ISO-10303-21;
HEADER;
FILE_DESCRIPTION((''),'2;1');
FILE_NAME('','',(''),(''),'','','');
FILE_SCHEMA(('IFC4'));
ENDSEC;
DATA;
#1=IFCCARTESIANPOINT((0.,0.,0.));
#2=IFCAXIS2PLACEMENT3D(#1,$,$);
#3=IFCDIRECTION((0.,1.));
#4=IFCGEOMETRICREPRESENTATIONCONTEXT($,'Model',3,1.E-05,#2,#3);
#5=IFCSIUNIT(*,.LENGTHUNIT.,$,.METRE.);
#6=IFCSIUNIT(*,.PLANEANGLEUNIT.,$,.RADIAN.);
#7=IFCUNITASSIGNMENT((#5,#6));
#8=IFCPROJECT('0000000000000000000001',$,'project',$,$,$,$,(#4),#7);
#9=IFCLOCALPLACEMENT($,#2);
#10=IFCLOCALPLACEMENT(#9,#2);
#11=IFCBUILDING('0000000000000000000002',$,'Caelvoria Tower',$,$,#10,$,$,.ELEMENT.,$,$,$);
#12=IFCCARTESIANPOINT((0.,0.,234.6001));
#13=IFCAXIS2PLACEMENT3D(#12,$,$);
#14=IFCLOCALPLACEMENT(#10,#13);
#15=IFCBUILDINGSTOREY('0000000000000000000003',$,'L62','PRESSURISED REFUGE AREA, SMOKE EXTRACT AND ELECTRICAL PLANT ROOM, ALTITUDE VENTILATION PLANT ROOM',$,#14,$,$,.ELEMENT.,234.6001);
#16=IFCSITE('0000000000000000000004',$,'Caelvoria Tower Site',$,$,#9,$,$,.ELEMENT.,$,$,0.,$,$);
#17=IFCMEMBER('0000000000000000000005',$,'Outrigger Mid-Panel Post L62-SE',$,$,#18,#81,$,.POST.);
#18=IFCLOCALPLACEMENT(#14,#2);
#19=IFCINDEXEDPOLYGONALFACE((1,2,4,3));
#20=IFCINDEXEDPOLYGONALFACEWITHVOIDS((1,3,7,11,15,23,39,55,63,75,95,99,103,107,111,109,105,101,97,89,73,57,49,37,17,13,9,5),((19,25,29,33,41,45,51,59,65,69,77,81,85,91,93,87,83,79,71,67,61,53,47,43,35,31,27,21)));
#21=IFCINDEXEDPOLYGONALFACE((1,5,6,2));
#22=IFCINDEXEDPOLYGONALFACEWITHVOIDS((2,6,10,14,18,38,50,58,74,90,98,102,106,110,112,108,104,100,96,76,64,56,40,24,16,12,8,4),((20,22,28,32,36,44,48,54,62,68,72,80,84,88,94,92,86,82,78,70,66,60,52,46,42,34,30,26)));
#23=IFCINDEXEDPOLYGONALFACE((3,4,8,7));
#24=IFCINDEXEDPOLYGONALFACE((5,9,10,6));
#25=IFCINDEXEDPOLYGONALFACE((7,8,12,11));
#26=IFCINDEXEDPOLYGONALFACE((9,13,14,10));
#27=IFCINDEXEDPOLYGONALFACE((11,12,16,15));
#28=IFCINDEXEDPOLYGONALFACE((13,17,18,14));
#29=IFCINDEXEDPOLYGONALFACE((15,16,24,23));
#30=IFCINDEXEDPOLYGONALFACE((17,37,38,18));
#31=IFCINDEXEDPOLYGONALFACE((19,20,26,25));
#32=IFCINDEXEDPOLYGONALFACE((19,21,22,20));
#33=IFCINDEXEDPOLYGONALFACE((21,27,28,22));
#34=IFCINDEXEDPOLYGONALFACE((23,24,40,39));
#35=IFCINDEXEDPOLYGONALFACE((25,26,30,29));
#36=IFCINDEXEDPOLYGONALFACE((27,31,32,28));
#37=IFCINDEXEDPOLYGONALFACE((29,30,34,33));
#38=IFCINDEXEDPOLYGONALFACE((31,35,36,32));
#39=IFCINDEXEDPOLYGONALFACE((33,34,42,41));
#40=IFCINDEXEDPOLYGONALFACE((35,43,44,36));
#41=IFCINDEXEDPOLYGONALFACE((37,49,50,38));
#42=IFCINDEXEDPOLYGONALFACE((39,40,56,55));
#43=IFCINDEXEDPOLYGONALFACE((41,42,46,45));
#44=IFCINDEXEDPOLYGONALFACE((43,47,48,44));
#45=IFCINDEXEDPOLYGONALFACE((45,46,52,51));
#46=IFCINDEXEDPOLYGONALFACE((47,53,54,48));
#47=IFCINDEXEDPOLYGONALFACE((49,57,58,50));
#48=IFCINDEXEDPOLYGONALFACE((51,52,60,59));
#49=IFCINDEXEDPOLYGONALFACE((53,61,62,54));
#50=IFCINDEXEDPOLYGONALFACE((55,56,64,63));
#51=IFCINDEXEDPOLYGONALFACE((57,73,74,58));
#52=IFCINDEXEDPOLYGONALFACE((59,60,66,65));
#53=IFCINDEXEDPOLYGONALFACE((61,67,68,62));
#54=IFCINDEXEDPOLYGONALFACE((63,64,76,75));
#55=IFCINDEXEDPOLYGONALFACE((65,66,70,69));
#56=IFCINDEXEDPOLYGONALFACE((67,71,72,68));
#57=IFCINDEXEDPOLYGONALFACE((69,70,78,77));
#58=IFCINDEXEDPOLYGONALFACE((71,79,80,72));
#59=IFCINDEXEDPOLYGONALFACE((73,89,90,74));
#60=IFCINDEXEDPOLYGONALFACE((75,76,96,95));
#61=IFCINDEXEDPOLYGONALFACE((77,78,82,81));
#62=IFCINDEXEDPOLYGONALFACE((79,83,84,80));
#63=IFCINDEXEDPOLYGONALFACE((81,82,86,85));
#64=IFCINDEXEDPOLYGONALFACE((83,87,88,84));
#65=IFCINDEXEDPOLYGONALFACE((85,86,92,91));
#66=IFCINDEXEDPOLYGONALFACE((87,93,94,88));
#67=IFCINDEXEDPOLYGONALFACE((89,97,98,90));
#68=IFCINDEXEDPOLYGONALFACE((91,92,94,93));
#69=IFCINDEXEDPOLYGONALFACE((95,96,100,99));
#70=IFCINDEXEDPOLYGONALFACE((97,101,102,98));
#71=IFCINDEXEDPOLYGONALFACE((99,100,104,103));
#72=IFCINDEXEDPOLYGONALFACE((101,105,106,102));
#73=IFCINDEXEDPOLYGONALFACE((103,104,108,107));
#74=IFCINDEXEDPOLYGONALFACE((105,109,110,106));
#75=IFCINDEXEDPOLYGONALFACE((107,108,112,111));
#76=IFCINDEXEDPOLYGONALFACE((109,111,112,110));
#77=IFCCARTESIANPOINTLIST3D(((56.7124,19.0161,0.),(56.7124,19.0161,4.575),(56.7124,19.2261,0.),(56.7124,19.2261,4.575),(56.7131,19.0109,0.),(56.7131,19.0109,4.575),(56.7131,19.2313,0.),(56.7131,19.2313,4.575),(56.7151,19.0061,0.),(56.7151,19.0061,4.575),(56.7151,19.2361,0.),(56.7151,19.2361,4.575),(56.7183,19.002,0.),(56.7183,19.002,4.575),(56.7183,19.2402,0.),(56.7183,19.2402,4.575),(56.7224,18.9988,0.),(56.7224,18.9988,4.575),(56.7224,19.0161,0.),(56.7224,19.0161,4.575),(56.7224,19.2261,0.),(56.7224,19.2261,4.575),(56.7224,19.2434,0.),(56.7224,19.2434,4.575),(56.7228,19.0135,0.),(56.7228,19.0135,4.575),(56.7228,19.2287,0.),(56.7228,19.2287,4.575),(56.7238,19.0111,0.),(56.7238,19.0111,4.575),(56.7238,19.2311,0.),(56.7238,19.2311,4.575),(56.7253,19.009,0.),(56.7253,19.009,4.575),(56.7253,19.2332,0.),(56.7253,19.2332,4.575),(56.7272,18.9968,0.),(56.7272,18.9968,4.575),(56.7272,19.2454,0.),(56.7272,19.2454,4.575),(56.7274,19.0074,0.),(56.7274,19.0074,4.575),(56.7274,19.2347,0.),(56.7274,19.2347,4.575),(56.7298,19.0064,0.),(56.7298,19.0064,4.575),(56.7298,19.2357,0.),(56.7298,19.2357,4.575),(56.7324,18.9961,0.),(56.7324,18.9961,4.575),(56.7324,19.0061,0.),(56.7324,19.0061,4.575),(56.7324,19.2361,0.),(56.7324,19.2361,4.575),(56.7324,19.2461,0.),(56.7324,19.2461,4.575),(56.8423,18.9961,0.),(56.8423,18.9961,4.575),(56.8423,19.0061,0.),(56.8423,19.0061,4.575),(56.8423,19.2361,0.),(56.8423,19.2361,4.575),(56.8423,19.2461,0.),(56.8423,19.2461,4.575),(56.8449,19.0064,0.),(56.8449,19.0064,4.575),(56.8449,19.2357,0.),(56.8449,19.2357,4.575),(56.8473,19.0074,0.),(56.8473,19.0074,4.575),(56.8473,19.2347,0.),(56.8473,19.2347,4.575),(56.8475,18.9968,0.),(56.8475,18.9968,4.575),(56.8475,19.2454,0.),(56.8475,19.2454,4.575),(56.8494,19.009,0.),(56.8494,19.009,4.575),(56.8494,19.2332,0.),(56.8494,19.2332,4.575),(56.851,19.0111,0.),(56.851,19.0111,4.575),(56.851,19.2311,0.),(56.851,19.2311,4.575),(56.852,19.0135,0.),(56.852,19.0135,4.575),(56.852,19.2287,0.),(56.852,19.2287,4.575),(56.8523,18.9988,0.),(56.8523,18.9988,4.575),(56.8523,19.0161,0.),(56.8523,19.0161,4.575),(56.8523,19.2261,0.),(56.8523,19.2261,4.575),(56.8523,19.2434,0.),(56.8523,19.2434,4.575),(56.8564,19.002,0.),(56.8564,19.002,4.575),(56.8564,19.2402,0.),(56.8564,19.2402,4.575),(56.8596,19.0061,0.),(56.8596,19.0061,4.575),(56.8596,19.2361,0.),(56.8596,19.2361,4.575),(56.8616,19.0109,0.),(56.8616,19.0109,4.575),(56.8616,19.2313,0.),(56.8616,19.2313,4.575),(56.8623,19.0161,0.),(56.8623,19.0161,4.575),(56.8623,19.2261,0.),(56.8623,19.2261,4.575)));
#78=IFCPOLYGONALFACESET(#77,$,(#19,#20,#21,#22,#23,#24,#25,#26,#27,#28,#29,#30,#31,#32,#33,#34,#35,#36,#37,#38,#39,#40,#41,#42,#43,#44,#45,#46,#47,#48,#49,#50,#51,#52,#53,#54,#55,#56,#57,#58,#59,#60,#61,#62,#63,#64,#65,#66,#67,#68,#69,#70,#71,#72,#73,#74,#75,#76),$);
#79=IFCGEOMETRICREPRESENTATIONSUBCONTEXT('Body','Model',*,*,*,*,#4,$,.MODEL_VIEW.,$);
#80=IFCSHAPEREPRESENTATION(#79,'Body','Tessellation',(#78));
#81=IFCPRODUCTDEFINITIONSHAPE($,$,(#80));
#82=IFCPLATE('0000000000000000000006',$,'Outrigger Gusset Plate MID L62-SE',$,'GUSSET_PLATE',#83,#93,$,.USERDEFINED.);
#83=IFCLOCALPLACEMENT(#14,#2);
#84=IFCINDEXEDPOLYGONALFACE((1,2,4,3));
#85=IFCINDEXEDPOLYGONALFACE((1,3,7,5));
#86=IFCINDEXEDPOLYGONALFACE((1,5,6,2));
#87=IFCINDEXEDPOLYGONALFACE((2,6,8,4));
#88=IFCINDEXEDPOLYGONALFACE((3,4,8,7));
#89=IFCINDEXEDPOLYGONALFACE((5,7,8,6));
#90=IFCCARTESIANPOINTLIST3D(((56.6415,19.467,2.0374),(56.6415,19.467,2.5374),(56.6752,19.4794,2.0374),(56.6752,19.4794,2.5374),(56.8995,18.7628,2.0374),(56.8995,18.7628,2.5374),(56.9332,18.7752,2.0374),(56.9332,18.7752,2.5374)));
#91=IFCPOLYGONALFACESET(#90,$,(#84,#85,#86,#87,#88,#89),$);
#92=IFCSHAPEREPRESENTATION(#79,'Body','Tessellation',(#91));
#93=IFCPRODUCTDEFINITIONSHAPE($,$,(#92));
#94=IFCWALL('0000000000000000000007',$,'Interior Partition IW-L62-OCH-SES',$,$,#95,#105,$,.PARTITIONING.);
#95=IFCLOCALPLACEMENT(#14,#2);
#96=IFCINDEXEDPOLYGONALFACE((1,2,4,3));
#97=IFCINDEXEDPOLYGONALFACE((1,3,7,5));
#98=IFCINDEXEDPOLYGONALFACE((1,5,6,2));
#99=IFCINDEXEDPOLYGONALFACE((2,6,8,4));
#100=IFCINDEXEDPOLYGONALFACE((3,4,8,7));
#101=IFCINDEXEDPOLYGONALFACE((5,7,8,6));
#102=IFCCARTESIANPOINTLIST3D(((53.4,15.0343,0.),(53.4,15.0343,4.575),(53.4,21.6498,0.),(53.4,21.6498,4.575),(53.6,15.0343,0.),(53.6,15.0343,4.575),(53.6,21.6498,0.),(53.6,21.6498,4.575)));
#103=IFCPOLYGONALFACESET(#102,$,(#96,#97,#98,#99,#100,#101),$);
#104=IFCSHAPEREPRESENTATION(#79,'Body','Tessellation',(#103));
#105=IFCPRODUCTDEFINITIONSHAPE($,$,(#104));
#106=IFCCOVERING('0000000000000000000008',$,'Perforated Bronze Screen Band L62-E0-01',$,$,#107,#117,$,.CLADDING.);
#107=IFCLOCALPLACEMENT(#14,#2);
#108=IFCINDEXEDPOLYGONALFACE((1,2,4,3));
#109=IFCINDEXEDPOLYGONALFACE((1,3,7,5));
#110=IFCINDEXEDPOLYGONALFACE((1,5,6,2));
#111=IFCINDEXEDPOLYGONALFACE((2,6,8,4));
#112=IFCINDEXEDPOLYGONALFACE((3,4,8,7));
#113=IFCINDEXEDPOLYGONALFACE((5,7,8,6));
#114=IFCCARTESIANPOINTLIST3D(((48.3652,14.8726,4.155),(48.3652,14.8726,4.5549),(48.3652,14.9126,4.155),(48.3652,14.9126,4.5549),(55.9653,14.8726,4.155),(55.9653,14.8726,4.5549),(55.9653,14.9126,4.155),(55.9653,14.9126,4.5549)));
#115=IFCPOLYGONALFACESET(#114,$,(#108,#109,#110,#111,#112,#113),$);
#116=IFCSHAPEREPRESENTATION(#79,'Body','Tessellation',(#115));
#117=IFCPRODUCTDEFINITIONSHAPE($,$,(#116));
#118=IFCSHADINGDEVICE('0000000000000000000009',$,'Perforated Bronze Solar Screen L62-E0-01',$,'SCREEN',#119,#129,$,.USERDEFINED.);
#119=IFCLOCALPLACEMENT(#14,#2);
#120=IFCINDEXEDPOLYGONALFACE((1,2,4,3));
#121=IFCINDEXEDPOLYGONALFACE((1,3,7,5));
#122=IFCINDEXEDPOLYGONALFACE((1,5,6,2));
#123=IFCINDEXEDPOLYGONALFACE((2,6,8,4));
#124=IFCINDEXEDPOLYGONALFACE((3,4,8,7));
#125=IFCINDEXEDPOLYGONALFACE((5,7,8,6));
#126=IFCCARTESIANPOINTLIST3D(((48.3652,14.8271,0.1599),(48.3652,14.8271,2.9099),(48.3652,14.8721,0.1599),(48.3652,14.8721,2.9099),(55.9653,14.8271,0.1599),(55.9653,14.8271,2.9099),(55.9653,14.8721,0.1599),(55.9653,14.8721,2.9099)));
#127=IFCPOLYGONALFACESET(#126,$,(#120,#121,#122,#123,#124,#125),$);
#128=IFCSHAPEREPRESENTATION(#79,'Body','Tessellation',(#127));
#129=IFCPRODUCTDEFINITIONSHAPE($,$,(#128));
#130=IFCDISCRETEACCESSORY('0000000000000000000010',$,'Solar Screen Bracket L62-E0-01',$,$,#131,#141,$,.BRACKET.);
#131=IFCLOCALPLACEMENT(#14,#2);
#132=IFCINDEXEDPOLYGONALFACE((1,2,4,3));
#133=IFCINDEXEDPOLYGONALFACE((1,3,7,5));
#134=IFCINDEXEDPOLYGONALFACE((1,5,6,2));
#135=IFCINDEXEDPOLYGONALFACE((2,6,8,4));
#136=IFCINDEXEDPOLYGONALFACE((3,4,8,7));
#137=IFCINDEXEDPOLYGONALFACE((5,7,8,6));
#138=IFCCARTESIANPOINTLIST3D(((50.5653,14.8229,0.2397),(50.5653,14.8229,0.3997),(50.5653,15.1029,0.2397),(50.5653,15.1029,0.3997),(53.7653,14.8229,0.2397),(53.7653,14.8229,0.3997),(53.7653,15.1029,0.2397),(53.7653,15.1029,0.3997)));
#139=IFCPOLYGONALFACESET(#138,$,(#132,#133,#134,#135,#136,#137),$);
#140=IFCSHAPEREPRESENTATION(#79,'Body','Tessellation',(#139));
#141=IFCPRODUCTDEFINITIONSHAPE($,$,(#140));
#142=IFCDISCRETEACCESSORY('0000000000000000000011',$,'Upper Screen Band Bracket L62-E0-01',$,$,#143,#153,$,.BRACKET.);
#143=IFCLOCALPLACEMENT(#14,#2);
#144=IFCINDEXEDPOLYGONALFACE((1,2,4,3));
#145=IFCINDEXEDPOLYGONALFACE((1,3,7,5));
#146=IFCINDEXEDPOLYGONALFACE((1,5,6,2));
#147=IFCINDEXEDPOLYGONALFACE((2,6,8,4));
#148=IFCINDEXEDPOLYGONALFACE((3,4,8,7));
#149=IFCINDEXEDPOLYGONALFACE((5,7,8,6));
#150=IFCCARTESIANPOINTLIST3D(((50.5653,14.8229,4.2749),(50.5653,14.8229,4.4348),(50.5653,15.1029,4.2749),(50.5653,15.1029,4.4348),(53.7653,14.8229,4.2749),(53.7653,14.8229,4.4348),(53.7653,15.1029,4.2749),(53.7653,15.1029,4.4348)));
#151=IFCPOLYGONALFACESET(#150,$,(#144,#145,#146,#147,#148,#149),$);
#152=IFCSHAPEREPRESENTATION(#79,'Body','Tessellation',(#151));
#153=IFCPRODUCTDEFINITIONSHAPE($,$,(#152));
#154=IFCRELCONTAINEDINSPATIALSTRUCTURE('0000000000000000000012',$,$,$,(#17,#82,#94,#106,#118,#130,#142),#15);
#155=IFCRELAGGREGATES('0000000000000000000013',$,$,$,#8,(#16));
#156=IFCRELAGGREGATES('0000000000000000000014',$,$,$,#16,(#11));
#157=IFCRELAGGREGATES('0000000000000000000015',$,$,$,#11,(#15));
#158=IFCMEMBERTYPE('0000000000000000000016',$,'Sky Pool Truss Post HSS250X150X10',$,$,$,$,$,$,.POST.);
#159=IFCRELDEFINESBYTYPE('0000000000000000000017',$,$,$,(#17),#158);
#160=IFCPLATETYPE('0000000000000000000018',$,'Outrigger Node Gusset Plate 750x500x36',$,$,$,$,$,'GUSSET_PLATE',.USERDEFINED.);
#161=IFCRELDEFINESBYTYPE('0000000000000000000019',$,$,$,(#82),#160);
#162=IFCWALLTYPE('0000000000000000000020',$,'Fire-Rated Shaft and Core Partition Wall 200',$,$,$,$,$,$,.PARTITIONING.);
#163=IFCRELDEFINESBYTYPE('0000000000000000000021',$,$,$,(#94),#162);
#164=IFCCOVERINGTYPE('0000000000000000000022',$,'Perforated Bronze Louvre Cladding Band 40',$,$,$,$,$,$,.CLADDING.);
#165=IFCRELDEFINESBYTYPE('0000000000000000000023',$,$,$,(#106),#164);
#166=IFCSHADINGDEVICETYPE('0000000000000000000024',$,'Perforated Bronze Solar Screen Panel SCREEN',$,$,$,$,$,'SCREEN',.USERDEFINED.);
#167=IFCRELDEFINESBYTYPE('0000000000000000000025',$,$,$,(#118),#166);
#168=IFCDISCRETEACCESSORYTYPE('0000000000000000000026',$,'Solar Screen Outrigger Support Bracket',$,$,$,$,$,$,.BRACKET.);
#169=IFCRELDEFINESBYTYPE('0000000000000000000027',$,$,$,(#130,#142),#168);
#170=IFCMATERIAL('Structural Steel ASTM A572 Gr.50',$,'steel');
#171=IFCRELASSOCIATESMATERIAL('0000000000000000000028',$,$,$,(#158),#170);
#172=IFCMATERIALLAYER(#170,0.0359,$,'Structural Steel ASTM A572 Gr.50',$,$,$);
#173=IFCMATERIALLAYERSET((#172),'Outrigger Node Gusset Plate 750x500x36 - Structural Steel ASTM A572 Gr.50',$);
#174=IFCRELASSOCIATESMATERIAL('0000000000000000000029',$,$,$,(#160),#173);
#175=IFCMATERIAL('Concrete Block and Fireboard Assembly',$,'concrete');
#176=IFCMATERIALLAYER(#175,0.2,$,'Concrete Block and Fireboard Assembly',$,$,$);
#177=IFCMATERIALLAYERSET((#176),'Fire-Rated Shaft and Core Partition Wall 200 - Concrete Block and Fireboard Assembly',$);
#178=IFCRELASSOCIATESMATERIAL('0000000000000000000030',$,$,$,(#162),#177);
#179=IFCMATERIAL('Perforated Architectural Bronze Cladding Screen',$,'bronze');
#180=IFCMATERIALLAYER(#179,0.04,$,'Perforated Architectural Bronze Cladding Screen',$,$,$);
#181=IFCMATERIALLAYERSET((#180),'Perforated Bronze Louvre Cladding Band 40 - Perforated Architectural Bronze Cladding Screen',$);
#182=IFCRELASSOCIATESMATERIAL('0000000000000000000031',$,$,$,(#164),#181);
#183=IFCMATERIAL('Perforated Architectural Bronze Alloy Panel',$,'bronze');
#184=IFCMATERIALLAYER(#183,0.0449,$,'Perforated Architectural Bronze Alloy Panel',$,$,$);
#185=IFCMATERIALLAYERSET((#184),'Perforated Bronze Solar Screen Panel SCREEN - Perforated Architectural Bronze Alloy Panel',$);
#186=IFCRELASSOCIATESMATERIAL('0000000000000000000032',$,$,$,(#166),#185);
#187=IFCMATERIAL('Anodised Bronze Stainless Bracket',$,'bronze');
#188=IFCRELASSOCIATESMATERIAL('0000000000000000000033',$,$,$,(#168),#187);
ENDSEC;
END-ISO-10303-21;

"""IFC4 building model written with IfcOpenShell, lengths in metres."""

from ifc_helpers import new_model, si_unit, direction, frame, frame_2d, origin, origin_2d, place, context, subcontext, project, spatial, rectangle, hollow_rectangle, extrude, material, layer, layer_set, material_profile, profile_set, type_object, element, save


model = new_model("IFC4")

# Units and contexts
model_context = context("Model", 3, precision=1e-05, world=origin(), true_north=direction((0.0, 1.0)))
body_context = subcontext(model_context, "Body", "Model", "MODEL_VIEW")
ifc_project = project(units=[si_unit("LENGTHUNIT", "METRE"), si_unit("PLANEANGLEUNIT", "RADIAN")], contexts=[model_context])

# Site, building, storey
site_placement = place(None, origin())
site = spatial("IfcSite", under=ifc_project, at=site_placement, Name="Caelvoria Tower Site", CompositionType="ELEMENT", RefElevation=0.0)
building_placement = place(site_placement, origin())
building = spatial("IfcBuilding", under=site, at=building_placement, Name="Caelvoria Tower", CompositionType="ELEMENT")
storey_placement = place(building_placement, frame((0.0, 0.0, 234.6001)))
storey = spatial("IfcBuildingStorey", under=building, at=storey_placement, Name="L62", Description="PRESSURISED REFUGE AREA, SMOKE EXTRACT AND ELECTRICAL PLANT ROOM, ALTITUDE VENTILATION PLANT ROOM", CompositionType="ELEMENT", Elevation=234.6001)

# Shared definitions
ifc_material_1 = material(Name="Structural Steel ASTM A572 Gr.50", Category="steel")

# Member
ifc_material_profile_1 = material_profile(ifc_material_1, hollow_rectangle(XDim=0.1499, YDim=0.25, WallThickness=0.01, InnerFilletRadius=0.01, OuterFilletRadius=0.02, at=origin_2d()), Name="Structural Steel ASTM A572 Gr.50")
ifc_profile_set_1 = profile_set([ifc_material_profile_1], Name="HSS250X150X10 - Structural Steel ASTM A572 Gr.50")
member_type_1 = type_object("IfcMemberType", Name="Sky Pool Truss Post HSS250X150X10", PredefinedType="POST", material=ifc_profile_set_1)
member_1_placement = place(storey_placement, frame((56.7874, 19.1211, 0.0), z_axis=(0.0, 0.0, 1.0), x_axis=(1.0, 0.0, 0.0)))
element("IfcMember", 1, at=member_1_placement, inside=storey, type_object=member_type_1, Name="Outrigger Mid-Panel Post L62-SE", PredefinedType="POST", context=body_context, shape_type="SweptSolid", body=[
    extrude(hollow_rectangle(XDim=0.1499, YDim=0.25, WallThickness=0.01, InnerFilletRadius=0.01, OuterFilletRadius=0.02, at=origin_2d()), origin(), (0.0, 0.0, 1.0), 4.575),
])

# Plate
ifc_layer_1 = layer(ifc_material_1, 0.0359, Name="Structural Steel ASTM A572 Gr.50")
ifc_layer_set_1 = layer_set([ifc_layer_1], Name="Outrigger Node Gusset Plate 750x500x36 - Structural Steel ASTM A572 Gr.50")
plate_type = type_object("IfcPlateType", Name="Outrigger Node Gusset Plate 750x500x36", ElementType="GUSSET_PLATE", PredefinedType="USERDEFINED", material=ifc_layer_set_1)
plate_placement = place(storey_placement, frame((56.7874, 19.1211, 2.0374), z_axis=(0.0, 0.0, 1.0), x_axis=(0.343992, -0.938972, 0.0)))
element("IfcPlate", 2, at=plate_placement, inside=storey, type_object=plate_type, Name="Outrigger Gusset Plate MID L62-SE", ObjectType="GUSSET_PLATE", PredefinedType="USERDEFINED", context=body_context, shape_type="SweptSolid", body=[
    extrude(rectangle(XDim=0.75, YDim=0.0359, at=origin_2d()), origin(), (0.0, 0.0, 1.0), 0.5),
])

# Wall
ifc_material_2 = material(Name="Concrete Block and Fireboard Assembly", Category="concrete")
ifc_layer_2 = layer(ifc_material_2, 0.2, Name="Concrete Block and Fireboard Assembly")
ifc_layer_set_2 = layer_set([ifc_layer_2], Name="Fire-Rated Shaft and Core Partition Wall 200 - Concrete Block and Fireboard Assembly")
wall_type = type_object("IfcWallType", Name="Fire-Rated Shaft and Core Partition Wall 200", PredefinedType="PARTITIONING", material=ifc_layer_set_2)
wall_placement = place(storey_placement, frame((53.5, 15.0344, 0.0), z_axis=(0.0, 0.0, 1.0), x_axis=(0.0, 1.0, 0.0)))
element("IfcWall", 3, at=wall_placement, inside=storey, type_object=wall_type, Name="Interior Partition IW-L62-OCH-SES", PredefinedType="PARTITIONING", context=body_context, shape_type="SweptSolid", body=[
    extrude(rectangle(XDim=6.6155, YDim=0.2, at=frame_2d((3.3076, 0.0))), origin(), (0.0, 0.0, 1.0), 4.575),
])

# Covering
ifc_material_3 = material(Name="Perforated Architectural Bronze Cladding Screen", Category="bronze")
ifc_layer_3 = layer(ifc_material_3, 0.04, Name="Perforated Architectural Bronze Cladding Screen")
ifc_layer_set_3 = layer_set([ifc_layer_3], Name="Perforated Bronze Louvre Cladding Band 40 - Perforated Architectural Bronze Cladding Screen")
covering_type = type_object("IfcCoveringType", Name="Perforated Bronze Louvre Cladding Band 40", PredefinedType="CLADDING", material=ifc_layer_set_3)
covering_placement = place(storey_placement, frame((52.1653, 14.8926, 4.155), z_axis=(0.0, 0.0, 1.0), x_axis=(1.0, 0.0, 0.0)))
element("IfcCovering", 4, at=covering_placement, inside=storey, type_object=covering_type, Name="Perforated Bronze Screen Band L62-E0-01", PredefinedType="CLADDING", context=body_context, shape_type="SweptSolid", body=[
    extrude(rectangle(XDim=7.6001, YDim=0.04, at=origin_2d()), origin(), (0.0, 0.0, 1.0), 0.3999),
])

# Shading device
ifc_material_4 = material(Name="Perforated Architectural Bronze Alloy Panel", Category="bronze")
ifc_layer_4 = layer(ifc_material_4, 0.0449, Name="Perforated Architectural Bronze Alloy Panel")
ifc_layer_set_4 = layer_set([ifc_layer_4], Name="Perforated Bronze Solar Screen Panel SCREEN - Perforated Architectural Bronze Alloy Panel")
shading_device_type = type_object("IfcShadingDeviceType", Name="Perforated Bronze Solar Screen Panel SCREEN", ElementType="SCREEN", PredefinedType="USERDEFINED", material=ifc_layer_set_4)
shading_device_placement = place(storey_placement, frame((52.1653, 14.8496, 0.1599), z_axis=(0.0, 0.0, 1.0), x_axis=(1.0, 0.0, 0.0)))
element("IfcShadingDevice", 5, at=shading_device_placement, inside=storey, type_object=shading_device_type, Name="Perforated Bronze Solar Screen L62-E0-01", ObjectType="SCREEN", PredefinedType="USERDEFINED", context=body_context, shape_type="SweptSolid", body=[
    extrude(rectangle(XDim=7.6001, YDim=0.0449, at=origin_2d()), origin(), (0.0, 0.0, 1.0), 2.75),
])

# Discrete accessories
ifc_material_5 = material(Name="Anodised Bronze Stainless Bracket", Category="bronze")
discrete_accessory_type = type_object("IfcDiscreteAccessoryType", Name="Solar Screen Outrigger Support Bracket", PredefinedType="BRACKET", material=ifc_material_5)
for number, where, z_axis, x_axis, name in (
    (6, (52.1653, 14.9629, 0.2397), (0.0, 0.0, 1.0), (1.0, 0.0, 0.0), "Solar Screen Bracket L62-E0-01"),
    (7, (52.1653, 14.9629, 4.2749), (0.0, 0.0, 1.0), (1.0, 0.0, 0.0), "Upper Screen Band Bracket L62-E0-01"),
):
    element("IfcDiscreteAccessory", number, at=place(storey_placement, frame(where, z_axis=z_axis, x_axis=x_axis)), inside=storey, type_object=discrete_accessory_type, Name=name, PredefinedType="BRACKET", context=body_context, shape_type="SweptSolid", body=[
        extrude(rectangle(XDim=3.2, YDim=0.28, at=origin_2d()), origin(), (0.0, 0.0, 1.0), 0.1599),
    ])

save(model, "model.ifc")
